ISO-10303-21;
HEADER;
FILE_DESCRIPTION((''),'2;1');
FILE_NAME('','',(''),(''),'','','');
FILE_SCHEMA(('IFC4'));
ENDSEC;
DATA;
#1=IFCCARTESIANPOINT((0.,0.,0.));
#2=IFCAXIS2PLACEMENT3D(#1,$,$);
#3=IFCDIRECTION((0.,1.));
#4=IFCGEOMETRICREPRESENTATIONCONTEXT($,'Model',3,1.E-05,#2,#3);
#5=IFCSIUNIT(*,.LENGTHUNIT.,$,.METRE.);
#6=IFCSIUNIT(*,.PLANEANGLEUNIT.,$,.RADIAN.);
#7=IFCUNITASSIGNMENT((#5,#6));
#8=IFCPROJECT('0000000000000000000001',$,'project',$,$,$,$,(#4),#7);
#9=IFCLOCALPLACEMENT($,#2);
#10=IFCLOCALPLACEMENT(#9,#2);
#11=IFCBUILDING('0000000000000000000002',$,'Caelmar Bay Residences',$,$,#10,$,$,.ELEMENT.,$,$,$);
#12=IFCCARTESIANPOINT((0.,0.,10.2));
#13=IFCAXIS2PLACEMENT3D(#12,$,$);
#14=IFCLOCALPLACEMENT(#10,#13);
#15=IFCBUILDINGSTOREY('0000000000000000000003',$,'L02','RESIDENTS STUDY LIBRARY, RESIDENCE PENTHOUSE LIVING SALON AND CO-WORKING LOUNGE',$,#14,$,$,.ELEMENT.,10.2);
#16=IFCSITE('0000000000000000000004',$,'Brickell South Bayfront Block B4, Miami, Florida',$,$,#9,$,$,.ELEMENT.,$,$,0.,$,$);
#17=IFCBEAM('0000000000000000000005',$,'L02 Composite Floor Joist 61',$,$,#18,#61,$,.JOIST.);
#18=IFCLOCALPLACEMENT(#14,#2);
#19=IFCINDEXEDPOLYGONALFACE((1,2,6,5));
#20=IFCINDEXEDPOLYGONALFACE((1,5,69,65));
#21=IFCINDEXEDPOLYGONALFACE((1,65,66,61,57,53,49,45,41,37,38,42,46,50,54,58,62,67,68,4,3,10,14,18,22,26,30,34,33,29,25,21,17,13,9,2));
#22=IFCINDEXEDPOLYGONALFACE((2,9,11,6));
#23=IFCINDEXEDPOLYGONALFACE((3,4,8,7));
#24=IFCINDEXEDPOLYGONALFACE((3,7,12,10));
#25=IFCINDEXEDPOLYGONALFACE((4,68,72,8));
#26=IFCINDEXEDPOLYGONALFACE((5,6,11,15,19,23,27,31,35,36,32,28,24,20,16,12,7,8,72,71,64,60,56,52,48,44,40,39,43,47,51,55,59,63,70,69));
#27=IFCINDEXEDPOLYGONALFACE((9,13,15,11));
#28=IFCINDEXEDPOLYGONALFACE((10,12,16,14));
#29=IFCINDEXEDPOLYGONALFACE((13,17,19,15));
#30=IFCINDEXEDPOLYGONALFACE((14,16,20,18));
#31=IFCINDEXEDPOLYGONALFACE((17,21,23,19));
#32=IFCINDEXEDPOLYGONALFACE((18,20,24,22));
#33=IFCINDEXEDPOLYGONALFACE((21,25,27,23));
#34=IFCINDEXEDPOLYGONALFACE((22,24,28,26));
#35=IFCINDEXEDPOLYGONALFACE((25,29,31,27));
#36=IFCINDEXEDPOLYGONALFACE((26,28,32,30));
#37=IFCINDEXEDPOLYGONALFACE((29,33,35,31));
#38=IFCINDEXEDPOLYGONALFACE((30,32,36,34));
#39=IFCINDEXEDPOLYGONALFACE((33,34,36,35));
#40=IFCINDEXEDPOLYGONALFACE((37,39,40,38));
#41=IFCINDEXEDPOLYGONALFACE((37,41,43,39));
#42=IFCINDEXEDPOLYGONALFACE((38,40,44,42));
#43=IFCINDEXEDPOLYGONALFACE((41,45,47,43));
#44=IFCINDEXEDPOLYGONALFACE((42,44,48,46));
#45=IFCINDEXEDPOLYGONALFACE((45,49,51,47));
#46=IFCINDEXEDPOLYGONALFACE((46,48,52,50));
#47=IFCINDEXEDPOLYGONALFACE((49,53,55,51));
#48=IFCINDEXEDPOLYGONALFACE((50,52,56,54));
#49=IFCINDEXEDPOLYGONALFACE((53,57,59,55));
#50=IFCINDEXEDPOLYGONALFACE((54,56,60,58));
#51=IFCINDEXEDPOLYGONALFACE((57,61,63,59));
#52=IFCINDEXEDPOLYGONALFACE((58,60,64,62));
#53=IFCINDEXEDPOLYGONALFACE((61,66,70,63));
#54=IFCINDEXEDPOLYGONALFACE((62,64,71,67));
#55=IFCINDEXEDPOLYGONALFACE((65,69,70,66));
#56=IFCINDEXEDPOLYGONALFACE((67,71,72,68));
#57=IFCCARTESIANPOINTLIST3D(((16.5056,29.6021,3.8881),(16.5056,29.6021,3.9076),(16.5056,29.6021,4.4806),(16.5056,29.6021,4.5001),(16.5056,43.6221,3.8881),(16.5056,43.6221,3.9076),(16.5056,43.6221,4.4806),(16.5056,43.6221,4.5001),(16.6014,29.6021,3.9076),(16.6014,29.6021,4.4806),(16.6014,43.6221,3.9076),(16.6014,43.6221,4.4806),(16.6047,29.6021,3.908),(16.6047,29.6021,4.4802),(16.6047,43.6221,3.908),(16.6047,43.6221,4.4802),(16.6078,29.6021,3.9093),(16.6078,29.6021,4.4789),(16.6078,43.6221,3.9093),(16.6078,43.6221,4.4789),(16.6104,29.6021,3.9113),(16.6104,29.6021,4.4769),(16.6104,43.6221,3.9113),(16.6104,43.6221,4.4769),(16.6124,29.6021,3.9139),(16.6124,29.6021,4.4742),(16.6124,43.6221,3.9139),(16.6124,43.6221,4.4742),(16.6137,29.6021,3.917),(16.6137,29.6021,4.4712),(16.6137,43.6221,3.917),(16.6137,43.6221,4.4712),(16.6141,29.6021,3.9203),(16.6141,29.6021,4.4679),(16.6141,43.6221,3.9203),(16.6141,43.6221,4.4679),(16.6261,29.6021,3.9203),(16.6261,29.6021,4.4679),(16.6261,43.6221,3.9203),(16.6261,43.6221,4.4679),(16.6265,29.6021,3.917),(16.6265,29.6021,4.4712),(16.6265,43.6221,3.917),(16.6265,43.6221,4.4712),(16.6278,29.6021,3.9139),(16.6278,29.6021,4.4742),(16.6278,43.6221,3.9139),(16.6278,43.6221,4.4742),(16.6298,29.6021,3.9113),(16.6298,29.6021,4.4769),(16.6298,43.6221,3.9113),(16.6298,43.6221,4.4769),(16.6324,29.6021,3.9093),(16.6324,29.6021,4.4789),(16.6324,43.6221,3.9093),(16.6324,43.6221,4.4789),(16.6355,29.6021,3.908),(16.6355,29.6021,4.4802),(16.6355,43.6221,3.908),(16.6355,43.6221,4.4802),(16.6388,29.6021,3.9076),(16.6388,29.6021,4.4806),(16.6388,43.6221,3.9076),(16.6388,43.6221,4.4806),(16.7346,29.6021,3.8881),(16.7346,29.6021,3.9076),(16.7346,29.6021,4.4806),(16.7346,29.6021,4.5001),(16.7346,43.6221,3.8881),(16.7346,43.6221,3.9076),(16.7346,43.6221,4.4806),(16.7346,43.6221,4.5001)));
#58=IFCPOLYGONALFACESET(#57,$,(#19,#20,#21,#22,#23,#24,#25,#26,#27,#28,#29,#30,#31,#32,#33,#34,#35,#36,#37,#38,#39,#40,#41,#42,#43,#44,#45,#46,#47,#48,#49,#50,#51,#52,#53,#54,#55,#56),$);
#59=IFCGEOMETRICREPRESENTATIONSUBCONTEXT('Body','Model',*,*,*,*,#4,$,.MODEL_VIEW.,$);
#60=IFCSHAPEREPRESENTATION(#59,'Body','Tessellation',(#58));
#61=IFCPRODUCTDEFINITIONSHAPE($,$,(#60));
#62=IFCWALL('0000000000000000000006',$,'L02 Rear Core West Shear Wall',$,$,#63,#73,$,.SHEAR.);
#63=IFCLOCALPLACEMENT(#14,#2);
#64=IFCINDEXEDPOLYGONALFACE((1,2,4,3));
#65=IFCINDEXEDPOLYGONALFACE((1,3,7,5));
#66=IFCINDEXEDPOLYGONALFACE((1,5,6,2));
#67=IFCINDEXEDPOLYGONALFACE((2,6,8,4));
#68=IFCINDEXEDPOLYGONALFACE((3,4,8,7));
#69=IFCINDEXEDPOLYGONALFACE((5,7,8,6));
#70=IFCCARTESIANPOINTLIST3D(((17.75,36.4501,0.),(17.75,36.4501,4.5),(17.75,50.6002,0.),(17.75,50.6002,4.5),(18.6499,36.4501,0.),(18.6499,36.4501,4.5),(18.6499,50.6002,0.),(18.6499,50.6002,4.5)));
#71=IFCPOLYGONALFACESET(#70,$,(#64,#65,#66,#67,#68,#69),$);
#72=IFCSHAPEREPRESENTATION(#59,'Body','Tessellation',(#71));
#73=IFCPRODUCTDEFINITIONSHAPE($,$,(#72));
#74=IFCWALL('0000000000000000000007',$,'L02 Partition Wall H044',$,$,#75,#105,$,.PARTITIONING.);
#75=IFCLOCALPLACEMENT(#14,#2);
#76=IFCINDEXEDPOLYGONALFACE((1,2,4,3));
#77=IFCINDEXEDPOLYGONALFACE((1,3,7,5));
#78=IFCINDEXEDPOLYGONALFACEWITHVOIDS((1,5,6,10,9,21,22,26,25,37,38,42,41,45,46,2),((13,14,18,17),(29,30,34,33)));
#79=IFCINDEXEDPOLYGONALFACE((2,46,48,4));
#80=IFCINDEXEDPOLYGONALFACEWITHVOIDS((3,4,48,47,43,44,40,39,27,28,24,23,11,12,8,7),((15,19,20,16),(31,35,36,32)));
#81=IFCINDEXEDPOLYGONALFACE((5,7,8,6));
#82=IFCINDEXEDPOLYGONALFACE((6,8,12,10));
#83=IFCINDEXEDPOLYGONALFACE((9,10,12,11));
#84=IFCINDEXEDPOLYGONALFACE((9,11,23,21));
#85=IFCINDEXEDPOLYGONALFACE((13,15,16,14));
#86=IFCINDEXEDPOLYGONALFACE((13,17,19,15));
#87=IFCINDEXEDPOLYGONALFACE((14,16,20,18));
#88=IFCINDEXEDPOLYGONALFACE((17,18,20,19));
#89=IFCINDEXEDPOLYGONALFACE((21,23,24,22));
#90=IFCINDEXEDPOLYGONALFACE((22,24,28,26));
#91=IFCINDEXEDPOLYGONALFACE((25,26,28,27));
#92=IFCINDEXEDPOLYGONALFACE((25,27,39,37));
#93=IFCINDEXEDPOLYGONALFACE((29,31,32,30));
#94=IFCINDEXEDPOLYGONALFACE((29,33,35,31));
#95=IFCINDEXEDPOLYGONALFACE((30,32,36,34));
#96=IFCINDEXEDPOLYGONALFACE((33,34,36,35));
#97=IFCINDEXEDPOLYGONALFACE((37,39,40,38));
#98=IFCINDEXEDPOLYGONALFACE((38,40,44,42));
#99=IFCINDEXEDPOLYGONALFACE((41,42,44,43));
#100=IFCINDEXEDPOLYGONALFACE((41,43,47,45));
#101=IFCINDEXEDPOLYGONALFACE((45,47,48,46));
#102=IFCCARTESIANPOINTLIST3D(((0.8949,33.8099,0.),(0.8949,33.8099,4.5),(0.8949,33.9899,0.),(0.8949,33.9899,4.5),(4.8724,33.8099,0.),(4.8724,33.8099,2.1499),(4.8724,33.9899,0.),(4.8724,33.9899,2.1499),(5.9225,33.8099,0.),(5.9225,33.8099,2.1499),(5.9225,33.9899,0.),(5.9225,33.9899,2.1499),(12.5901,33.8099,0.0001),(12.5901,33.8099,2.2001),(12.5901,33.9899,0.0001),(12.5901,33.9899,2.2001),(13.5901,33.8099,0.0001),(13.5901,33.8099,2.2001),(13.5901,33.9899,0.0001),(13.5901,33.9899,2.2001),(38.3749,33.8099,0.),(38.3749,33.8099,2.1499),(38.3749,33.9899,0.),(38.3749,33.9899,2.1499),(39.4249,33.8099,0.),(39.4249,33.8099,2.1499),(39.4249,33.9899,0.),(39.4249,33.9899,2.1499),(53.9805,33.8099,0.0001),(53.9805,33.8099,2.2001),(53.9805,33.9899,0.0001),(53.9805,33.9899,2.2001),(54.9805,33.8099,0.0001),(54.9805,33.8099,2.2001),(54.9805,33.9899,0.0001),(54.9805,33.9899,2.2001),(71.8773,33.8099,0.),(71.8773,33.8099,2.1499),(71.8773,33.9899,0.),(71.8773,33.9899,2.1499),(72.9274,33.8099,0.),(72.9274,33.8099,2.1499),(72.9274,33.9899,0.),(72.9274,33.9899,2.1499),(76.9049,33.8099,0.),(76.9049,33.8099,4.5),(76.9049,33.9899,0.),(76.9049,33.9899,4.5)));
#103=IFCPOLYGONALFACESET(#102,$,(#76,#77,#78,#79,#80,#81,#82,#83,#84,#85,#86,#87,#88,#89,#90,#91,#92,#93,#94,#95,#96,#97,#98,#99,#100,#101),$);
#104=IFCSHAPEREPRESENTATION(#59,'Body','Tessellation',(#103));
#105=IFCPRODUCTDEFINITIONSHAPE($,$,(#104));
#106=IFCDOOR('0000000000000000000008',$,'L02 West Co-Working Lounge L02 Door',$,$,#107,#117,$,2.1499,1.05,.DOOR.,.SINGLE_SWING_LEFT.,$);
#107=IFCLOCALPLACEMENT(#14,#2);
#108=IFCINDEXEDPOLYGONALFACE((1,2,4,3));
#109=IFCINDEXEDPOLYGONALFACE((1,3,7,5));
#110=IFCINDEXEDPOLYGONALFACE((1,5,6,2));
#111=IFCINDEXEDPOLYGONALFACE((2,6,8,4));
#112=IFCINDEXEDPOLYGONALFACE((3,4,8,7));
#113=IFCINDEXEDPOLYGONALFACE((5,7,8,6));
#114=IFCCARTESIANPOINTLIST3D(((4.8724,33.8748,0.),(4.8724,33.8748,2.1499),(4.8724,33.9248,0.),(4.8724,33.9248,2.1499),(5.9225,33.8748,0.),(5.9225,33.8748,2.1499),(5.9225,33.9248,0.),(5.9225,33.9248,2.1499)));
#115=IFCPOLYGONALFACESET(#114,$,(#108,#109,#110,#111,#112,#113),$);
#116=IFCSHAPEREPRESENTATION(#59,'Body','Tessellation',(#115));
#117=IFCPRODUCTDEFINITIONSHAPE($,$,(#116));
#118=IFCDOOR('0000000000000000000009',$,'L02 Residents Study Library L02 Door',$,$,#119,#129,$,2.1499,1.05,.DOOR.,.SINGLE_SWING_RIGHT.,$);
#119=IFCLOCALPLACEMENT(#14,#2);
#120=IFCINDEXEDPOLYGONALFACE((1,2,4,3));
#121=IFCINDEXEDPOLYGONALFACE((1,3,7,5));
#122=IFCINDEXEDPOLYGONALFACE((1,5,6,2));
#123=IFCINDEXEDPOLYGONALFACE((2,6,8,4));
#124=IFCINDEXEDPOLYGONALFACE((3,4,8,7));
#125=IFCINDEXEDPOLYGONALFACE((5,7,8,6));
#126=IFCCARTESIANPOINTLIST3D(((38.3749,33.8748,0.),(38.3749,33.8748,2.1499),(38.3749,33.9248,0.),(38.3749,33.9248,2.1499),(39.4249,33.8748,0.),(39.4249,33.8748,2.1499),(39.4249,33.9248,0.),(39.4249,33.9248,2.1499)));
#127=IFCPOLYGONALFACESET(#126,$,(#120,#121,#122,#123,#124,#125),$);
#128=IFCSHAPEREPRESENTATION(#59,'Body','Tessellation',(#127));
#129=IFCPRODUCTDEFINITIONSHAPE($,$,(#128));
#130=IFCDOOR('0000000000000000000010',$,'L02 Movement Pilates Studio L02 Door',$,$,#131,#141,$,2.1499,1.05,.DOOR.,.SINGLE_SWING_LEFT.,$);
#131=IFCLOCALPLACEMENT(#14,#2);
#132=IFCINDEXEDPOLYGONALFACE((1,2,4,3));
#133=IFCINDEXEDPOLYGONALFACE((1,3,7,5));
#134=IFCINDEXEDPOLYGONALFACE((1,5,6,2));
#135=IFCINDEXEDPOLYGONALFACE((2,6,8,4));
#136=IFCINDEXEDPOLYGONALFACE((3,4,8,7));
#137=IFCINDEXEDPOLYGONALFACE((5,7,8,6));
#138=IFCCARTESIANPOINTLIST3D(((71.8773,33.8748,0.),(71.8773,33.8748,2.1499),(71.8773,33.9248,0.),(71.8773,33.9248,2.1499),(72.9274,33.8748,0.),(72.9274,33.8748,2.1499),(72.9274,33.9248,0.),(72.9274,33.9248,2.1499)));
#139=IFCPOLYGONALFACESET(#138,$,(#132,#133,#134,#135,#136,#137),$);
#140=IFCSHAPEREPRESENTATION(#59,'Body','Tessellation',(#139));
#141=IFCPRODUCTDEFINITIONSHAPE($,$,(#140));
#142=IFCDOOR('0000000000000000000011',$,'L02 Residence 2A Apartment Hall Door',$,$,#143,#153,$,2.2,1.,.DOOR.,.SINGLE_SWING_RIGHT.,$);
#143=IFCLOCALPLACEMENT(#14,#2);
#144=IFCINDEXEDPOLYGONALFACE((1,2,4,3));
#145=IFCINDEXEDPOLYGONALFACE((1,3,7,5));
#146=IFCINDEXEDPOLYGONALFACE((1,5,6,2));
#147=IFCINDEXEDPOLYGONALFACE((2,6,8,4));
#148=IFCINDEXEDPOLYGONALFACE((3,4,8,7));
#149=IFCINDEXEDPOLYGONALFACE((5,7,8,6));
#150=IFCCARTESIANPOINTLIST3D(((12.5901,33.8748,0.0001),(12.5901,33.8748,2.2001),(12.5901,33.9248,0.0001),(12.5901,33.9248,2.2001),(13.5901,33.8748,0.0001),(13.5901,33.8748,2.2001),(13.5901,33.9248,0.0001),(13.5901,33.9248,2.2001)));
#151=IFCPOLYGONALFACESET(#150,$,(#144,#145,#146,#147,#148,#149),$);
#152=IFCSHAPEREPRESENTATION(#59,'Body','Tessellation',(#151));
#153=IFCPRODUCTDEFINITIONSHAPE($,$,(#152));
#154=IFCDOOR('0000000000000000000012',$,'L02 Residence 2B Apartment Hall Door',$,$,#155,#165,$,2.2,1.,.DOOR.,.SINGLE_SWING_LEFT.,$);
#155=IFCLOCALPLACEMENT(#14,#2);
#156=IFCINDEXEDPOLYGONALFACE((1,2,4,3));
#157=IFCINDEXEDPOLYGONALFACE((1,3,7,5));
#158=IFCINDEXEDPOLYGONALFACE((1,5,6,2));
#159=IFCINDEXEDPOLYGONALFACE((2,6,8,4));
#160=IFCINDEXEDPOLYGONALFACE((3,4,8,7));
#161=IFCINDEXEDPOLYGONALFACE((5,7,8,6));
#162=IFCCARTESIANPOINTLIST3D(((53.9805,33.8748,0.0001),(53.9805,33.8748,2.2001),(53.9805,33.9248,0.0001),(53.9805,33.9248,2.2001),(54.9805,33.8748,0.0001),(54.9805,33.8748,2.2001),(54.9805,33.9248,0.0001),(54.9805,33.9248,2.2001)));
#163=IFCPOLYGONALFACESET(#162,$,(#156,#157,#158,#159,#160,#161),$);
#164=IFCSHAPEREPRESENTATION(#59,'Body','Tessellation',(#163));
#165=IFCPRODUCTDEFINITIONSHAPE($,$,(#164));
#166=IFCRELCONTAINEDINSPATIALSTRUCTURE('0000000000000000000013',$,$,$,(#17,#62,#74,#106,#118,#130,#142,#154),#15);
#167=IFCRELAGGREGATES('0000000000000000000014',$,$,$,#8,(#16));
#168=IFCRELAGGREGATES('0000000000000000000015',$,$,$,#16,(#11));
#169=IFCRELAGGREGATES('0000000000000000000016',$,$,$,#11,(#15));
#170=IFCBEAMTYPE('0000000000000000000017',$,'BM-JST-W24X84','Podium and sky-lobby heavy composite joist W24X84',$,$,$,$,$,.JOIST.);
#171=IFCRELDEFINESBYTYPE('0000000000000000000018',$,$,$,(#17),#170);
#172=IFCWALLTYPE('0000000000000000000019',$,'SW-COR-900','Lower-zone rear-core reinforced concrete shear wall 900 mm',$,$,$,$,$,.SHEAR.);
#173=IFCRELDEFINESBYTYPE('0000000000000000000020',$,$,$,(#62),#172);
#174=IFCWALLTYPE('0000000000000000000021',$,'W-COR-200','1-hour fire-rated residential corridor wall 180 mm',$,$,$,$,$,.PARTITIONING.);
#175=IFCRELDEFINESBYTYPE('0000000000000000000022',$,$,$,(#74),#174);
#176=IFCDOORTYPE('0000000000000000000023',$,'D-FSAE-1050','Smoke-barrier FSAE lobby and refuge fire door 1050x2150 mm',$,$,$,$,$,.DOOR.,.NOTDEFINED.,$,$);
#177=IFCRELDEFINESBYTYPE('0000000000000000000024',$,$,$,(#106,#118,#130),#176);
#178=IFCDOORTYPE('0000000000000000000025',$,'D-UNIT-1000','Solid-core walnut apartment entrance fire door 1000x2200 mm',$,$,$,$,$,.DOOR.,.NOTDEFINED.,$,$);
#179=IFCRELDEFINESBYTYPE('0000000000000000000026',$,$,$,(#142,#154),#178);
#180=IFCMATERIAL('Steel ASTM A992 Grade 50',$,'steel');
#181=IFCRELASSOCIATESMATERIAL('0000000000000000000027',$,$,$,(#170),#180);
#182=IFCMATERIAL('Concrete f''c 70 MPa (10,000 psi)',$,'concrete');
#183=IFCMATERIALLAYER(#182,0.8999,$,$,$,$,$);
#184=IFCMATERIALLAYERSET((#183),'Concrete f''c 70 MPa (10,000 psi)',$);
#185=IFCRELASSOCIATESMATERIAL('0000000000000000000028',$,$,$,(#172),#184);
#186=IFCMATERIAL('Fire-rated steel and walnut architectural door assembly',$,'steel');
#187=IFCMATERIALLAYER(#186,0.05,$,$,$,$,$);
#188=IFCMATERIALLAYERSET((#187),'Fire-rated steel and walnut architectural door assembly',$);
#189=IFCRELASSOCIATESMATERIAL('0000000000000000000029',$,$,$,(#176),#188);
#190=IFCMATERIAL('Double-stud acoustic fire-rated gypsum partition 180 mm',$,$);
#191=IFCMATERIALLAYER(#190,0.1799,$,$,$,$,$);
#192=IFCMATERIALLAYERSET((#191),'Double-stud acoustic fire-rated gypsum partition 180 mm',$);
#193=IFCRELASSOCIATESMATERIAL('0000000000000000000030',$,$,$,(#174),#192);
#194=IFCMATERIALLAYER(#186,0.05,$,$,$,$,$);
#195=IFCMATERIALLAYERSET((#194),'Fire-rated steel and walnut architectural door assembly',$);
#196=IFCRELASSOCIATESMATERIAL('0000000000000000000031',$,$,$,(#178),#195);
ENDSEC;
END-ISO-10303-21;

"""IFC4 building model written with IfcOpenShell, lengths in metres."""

from ifc_helpers import new_model, si_unit, direction, frame, frame_2d, origin, origin_2d, place, context, subcontext, project, spatial, rectangle, i_section, extrude, material, layer, layer_set, material_profile, profile_set, type_object, element, fill, save


model = new_model("IFC4")

# Units and contexts
model_context = context("Model", 3, precision=1e-05, world=origin(), true_north=direction((0.0, 1.0)))
body_context = subcontext(model_context, "Body", "Model", "MODEL_VIEW")
ifc_project = project(units=[si_unit("LENGTHUNIT", "METRE"), si_unit("PLANEANGLEUNIT", "RADIAN")], contexts=[model_context])

# Site, building, storey
site_placement = place(None, origin())
site = spatial("IfcSite", under=ifc_project, at=site_placement, Name="Brickell South Bayfront Block B4, Miami, Florida", CompositionType="ELEMENT", RefElevation=0.0)
building_placement = place(site_placement, origin())
building = spatial("IfcBuilding", under=site, at=building_placement, Name="Caelmar Bay Residences", CompositionType="ELEMENT")
storey_placement = place(building_placement, frame((0.0, 0.0, 10.2)))
storey = spatial("IfcBuildingStorey", under=building, at=storey_placement, Name="L02", Description="RESIDENTS STUDY LIBRARY, RESIDENCE PENTHOUSE LIVING SALON AND CO-WORKING LOUNGE", CompositionType="ELEMENT", Elevation=10.2)

# Beam
ifc_material_1 = material(Name="Steel ASTM A992 Grade 50", Category="steel")
ifc_material_profile_1 = material_profile(ifc_material_1, i_section(OverallWidth=0.229, OverallDepth=0.6121, WebThickness=0.012, FlangeThickness=0.0195, FilletRadius=0.0127, at=origin_2d()), Name="W24X84")
ifc_profile_set_1 = profile_set([ifc_material_profile_1], Name="Steel ASTM A992 Grade 50")
beam_type_1 = type_object("IfcBeamType", Name="BM-JST-W24X84", Description="Podium and sky-lobby heavy composite joist W24X84", PredefinedType="JOIST", material=ifc_profile_set_1)
for number, where, z_axis, x_axis, name in (
    (1, (16.6201, 29.6021, 4.1941), (0.0, 1.0, 0.0), (-1.0, 0.0, 0.0), "L02 Composite Floor Joist 61"),
):
    element("IfcBeam", number, at=place(storey_placement, frame(where, z_axis=z_axis, x_axis=x_axis)), inside=storey, type_object=beam_type_1, Name=name, PredefinedType="JOIST", context=body_context, shape_type="SweptSolid", body=[
        extrude(i_section(OverallWidth=0.229, OverallDepth=0.6121, WebThickness=0.012, FlangeThickness=0.0195, FilletRadius=0.0127, at=origin_2d()), origin(), (0.0, 0.0, 1.0), 14.02),
    ])

# Shared definitions
ifc_material_2 = material(Name="Concrete f'c 70 MPa (10,000 psi)", Category="concrete")
ifc_layer_1 = layer(ifc_material_2, 0.8999)
ifc_layer_set_1 = layer_set([ifc_layer_1], Name="Concrete f'c 70 MPa (10,000 psi)")
wall_type_1 = type_object("IfcWallType", Name="SW-COR-900", Description="Lower-zone rear-core reinforced concrete shear wall 900 mm", PredefinedType="SHEAR", material=ifc_layer_set_1)
ifc_material_3 = material(Name="Fire-rated steel and walnut architectural door assembly", Category="steel")
ifc_layer_2 = layer(ifc_material_3, 0.05)
ifc_layer_set_2 = layer_set([ifc_layer_2], Name="Fire-rated steel and walnut architectural door assembly")
door_type_1 = type_object("IfcDoorType", Name="D-FSAE-1050", Description="Smoke-barrier FSAE lobby and refuge fire door 1050x2150 mm", OperationType="NOTDEFINED", PredefinedType="DOOR", material=ifc_layer_set_2)

# Wall
wall_1_placement = place(storey_placement, frame((18.2, 36.45, 0.0), z_axis=(0.0, 0.0, 1.0), x_axis=(0.0, 1.0, 0.0)))
element("IfcWall", 2, at=wall_1_placement, inside=storey, type_object=wall_type_1, Name="L02 Rear Core West Shear Wall", PredefinedType="SHEAR", context=body_context, shape_type="SweptSolid", body=[
    extrude(rectangle(XDim=14.1501, YDim=0.8999, at=frame_2d((7.0752, 0.0))), origin(), (0.0, 0.0, 1.0), 4.5),
])

# Wall, openings, doors
ifc_material_4 = material(Name="Double-stud acoustic fire-rated gypsum partition 180 mm")
ifc_layer_3 = layer(ifc_material_4, 0.1799)
ifc_layer_set_3 = layer_set([ifc_layer_3], Name="Double-stud acoustic fire-rated gypsum partition 180 mm")
wall_type_2 = type_object("IfcWallType", Name="W-COR-200", Description="1-hour fire-rated residential corridor wall 180 mm", PredefinedType="PARTITIONING", material=ifc_layer_set_3)
wall_2_placement = place(storey_placement, frame((0.895, 33.8999, 0.0), z_axis=(0.0, 0.0, 1.0), x_axis=(1.0, 0.0, 0.0)))
wall_2 = element("IfcWall", 3, at=wall_2_placement, inside=storey, type_object=wall_type_2, Name="L02 Partition Wall H044", PredefinedType="PARTITIONING", context=body_context, shape_type="SweptSolid", body=[
    extrude(rectangle(XDim=76.01, YDim=0.1799, at=frame_2d((38.0049, 0.0))), origin(), (0.0, 0.0, 1.0), 4.5),
])
opening_1_placement = place(wall_2_placement, frame((3.9775, 0.0, 0.0)))
opening_1 = element("IfcOpeningElement", 4, at=opening_1_placement, cuts=wall_2, PredefinedType="OPENING", context=body_context, shape_type="SweptSolid", body=[
    extrude(rectangle(XDim=1.05, YDim=2.1499, at=frame_2d((0.5249, 1.075))), frame((0.0, 0.0999, 0.0), z_axis=(0.0, -1.0, 0.0), x_axis=(1.0, 0.0, 0.0)), (0.0, 0.0, 1.0), 0.2),
])
opening_2_placement = place(wall_2_placement, frame((11.6951, 0.0, 0.0)))
opening_2 = element("IfcOpeningElement", 5, at=opening_2_placement, cuts=wall_2, PredefinedType="OPENING", context=body_context, shape_type="SweptSolid", body=[
    extrude(rectangle(XDim=1.0, YDim=2.2, at=frame_2d((0.5, 1.1001))), frame((0.0, 0.0999, 0.0), z_axis=(0.0, -1.0, 0.0), x_axis=(1.0, 0.0, 0.0)), (0.0, 0.0, 1.0), 0.2),
])
opening_3_placement = place(wall_2_placement, frame((37.48, 0.0, 0.0)))
opening_3 = element("IfcOpeningElement", 6, at=opening_3_placement, cuts=wall_2, PredefinedType="OPENING", context=body_context, shape_type="SweptSolid", body=[
    extrude(rectangle(XDim=1.05, YDim=2.1499, at=frame_2d((0.5249, 1.075))), frame((0.0, 0.0999, 0.0), z_axis=(0.0, -1.0, 0.0), x_axis=(1.0, 0.0, 0.0)), (0.0, 0.0, 1.0), 0.2),
])
opening_4_placement = place(wall_2_placement, frame((53.0854, 0.0, 0.0)))
opening_4 = element("IfcOpeningElement", 7, at=opening_4_placement, cuts=wall_2, PredefinedType="OPENING", context=body_context, shape_type="SweptSolid", body=[
    extrude(rectangle(XDim=1.0, YDim=2.2, at=frame_2d((0.5, 1.1001))), frame((0.0, 0.0999, 0.0), z_axis=(0.0, -1.0, 0.0), x_axis=(1.0, 0.0, 0.0)), (0.0, 0.0, 1.0), 0.2),
])
opening_5_placement = place(wall_2_placement, frame((70.9824, 0.0, 0.0)))
opening_5 = element("IfcOpeningElement", 8, at=opening_5_placement, cuts=wall_2, PredefinedType="OPENING", context=body_context, shape_type="SweptSolid", body=[
    extrude(rectangle(XDim=1.05, YDim=2.1499, at=frame_2d((0.5249, 1.075))), frame((0.0, 0.0999, 0.0), z_axis=(0.0, -1.0, 0.0), x_axis=(1.0, 0.0, 0.0)), (0.0, 0.0, 1.0), 0.2),
])
door_1_placement = place(opening_1_placement, origin())
door_1 = element("IfcDoor", 9, at=door_1_placement, inside=storey, type_object=door_type_1, Name="L02 West Co-Working Lounge L02 Door", OperationType="SINGLE_SWING_LEFT", OverallHeight=2.1499, OverallWidth=1.05, PredefinedType="DOOR", context=body_context, shape_type="SweptSolid", body=[
    extrude(rectangle(XDim=1.05, YDim=2.1499, at=frame_2d((0.5249, 1.075))), frame((0.0, 0.0249, 0.0), z_axis=(0.0, -1.0, 0.0), x_axis=(1.0, 0.0, 0.0)), (0.0, 0.0, 1.0), 0.05),
])
fill(opening_1, door_1)
door_2_placement = place(opening_3_placement, origin())
door_2 = element("IfcDoor", 10, at=door_2_placement, inside=storey, type_object=door_type_1, Name="L02 Residents Study Library L02 Door", OperationType="SINGLE_SWING_RIGHT", OverallHeight=2.1499, OverallWidth=1.05, PredefinedType="DOOR", context=body_context, shape_type="SweptSolid", body=[
    extrude(rectangle(XDim=1.05, YDim=2.1499, at=frame_2d((0.5249, 1.075))), frame((0.0, 0.0249, 0.0), z_axis=(0.0, -1.0, 0.0), x_axis=(1.0, 0.0, 0.0)), (0.0, 0.0, 1.0), 0.05),
])
fill(opening_3, door_2)
door_3_placement = place(opening_5_placement, origin())
door_3 = element("IfcDoor", 11, at=door_3_placement, inside=storey, type_object=door_type_1, Name="L02 Movement Pilates Studio L02 Door", OperationType="SINGLE_SWING_LEFT", OverallHeight=2.1499, OverallWidth=1.05, PredefinedType="DOOR", context=body_context, shape_type="SweptSolid", body=[
    extrude(rectangle(XDim=1.05, YDim=2.1499, at=frame_2d((0.5249, 1.075))), frame((0.0, 0.0249, 0.0), z_axis=(0.0, -1.0, 0.0), x_axis=(1.0, 0.0, 0.0)), (0.0, 0.0, 1.0), 0.05),
])
fill(opening_5, door_3)
ifc_layer_4 = layer(ifc_material_3, 0.05)
ifc_layer_set_4 = layer_set([ifc_layer_4], Name="Fire-rated steel and walnut architectural door assembly")
door_type_2 = type_object("IfcDoorType", Name="D-UNIT-1000", Description="Solid-core walnut apartment entrance fire door 1000x2200 mm", OperationType="NOTDEFINED", PredefinedType="DOOR", material=ifc_layer_set_4)
door_4_placement = place(opening_2_placement, origin())
door_4 = element("IfcDoor", 12, at=door_4_placement, inside=storey, type_object=door_type_2, Name="L02 Residence 2A Apartment Hall Door", OperationType="SINGLE_SWING_RIGHT", OverallHeight=2.2, OverallWidth=1.0, PredefinedType="DOOR", context=body_context, shape_type="SweptSolid", body=[
    extrude(rectangle(XDim=1.0, YDim=2.2, at=frame_2d((0.5, 1.1001))), frame((0.0, 0.0249, 0.0), z_axis=(0.0, -1.0, 0.0), x_axis=(1.0, 0.0, 0.0)), (0.0, 0.0, 1.0), 0.05),
])
fill(opening_2, door_4)
door_5_placement = place(opening_4_placement, origin())
door_5 = element("IfcDoor", 13, at=door_5_placement, inside=storey, type_object=door_type_2, Name="L02 Residence 2B Apartment Hall Door", OperationType="SINGLE_SWING_LEFT", OverallHeight=2.2, OverallWidth=1.0, PredefinedType="DOOR", context=body_context, shape_type="SweptSolid", body=[
    extrude(rectangle(XDim=1.0, YDim=2.2, at=frame_2d((0.5, 1.1001))), frame((0.0, 0.0249, 0.0), z_axis=(0.0, -1.0, 0.0), x_axis=(1.0, 0.0, 0.0)), (0.0, 0.0, 1.0), 0.05),
])
fill(opening_4, door_5)

save(model, "model.ifc")
